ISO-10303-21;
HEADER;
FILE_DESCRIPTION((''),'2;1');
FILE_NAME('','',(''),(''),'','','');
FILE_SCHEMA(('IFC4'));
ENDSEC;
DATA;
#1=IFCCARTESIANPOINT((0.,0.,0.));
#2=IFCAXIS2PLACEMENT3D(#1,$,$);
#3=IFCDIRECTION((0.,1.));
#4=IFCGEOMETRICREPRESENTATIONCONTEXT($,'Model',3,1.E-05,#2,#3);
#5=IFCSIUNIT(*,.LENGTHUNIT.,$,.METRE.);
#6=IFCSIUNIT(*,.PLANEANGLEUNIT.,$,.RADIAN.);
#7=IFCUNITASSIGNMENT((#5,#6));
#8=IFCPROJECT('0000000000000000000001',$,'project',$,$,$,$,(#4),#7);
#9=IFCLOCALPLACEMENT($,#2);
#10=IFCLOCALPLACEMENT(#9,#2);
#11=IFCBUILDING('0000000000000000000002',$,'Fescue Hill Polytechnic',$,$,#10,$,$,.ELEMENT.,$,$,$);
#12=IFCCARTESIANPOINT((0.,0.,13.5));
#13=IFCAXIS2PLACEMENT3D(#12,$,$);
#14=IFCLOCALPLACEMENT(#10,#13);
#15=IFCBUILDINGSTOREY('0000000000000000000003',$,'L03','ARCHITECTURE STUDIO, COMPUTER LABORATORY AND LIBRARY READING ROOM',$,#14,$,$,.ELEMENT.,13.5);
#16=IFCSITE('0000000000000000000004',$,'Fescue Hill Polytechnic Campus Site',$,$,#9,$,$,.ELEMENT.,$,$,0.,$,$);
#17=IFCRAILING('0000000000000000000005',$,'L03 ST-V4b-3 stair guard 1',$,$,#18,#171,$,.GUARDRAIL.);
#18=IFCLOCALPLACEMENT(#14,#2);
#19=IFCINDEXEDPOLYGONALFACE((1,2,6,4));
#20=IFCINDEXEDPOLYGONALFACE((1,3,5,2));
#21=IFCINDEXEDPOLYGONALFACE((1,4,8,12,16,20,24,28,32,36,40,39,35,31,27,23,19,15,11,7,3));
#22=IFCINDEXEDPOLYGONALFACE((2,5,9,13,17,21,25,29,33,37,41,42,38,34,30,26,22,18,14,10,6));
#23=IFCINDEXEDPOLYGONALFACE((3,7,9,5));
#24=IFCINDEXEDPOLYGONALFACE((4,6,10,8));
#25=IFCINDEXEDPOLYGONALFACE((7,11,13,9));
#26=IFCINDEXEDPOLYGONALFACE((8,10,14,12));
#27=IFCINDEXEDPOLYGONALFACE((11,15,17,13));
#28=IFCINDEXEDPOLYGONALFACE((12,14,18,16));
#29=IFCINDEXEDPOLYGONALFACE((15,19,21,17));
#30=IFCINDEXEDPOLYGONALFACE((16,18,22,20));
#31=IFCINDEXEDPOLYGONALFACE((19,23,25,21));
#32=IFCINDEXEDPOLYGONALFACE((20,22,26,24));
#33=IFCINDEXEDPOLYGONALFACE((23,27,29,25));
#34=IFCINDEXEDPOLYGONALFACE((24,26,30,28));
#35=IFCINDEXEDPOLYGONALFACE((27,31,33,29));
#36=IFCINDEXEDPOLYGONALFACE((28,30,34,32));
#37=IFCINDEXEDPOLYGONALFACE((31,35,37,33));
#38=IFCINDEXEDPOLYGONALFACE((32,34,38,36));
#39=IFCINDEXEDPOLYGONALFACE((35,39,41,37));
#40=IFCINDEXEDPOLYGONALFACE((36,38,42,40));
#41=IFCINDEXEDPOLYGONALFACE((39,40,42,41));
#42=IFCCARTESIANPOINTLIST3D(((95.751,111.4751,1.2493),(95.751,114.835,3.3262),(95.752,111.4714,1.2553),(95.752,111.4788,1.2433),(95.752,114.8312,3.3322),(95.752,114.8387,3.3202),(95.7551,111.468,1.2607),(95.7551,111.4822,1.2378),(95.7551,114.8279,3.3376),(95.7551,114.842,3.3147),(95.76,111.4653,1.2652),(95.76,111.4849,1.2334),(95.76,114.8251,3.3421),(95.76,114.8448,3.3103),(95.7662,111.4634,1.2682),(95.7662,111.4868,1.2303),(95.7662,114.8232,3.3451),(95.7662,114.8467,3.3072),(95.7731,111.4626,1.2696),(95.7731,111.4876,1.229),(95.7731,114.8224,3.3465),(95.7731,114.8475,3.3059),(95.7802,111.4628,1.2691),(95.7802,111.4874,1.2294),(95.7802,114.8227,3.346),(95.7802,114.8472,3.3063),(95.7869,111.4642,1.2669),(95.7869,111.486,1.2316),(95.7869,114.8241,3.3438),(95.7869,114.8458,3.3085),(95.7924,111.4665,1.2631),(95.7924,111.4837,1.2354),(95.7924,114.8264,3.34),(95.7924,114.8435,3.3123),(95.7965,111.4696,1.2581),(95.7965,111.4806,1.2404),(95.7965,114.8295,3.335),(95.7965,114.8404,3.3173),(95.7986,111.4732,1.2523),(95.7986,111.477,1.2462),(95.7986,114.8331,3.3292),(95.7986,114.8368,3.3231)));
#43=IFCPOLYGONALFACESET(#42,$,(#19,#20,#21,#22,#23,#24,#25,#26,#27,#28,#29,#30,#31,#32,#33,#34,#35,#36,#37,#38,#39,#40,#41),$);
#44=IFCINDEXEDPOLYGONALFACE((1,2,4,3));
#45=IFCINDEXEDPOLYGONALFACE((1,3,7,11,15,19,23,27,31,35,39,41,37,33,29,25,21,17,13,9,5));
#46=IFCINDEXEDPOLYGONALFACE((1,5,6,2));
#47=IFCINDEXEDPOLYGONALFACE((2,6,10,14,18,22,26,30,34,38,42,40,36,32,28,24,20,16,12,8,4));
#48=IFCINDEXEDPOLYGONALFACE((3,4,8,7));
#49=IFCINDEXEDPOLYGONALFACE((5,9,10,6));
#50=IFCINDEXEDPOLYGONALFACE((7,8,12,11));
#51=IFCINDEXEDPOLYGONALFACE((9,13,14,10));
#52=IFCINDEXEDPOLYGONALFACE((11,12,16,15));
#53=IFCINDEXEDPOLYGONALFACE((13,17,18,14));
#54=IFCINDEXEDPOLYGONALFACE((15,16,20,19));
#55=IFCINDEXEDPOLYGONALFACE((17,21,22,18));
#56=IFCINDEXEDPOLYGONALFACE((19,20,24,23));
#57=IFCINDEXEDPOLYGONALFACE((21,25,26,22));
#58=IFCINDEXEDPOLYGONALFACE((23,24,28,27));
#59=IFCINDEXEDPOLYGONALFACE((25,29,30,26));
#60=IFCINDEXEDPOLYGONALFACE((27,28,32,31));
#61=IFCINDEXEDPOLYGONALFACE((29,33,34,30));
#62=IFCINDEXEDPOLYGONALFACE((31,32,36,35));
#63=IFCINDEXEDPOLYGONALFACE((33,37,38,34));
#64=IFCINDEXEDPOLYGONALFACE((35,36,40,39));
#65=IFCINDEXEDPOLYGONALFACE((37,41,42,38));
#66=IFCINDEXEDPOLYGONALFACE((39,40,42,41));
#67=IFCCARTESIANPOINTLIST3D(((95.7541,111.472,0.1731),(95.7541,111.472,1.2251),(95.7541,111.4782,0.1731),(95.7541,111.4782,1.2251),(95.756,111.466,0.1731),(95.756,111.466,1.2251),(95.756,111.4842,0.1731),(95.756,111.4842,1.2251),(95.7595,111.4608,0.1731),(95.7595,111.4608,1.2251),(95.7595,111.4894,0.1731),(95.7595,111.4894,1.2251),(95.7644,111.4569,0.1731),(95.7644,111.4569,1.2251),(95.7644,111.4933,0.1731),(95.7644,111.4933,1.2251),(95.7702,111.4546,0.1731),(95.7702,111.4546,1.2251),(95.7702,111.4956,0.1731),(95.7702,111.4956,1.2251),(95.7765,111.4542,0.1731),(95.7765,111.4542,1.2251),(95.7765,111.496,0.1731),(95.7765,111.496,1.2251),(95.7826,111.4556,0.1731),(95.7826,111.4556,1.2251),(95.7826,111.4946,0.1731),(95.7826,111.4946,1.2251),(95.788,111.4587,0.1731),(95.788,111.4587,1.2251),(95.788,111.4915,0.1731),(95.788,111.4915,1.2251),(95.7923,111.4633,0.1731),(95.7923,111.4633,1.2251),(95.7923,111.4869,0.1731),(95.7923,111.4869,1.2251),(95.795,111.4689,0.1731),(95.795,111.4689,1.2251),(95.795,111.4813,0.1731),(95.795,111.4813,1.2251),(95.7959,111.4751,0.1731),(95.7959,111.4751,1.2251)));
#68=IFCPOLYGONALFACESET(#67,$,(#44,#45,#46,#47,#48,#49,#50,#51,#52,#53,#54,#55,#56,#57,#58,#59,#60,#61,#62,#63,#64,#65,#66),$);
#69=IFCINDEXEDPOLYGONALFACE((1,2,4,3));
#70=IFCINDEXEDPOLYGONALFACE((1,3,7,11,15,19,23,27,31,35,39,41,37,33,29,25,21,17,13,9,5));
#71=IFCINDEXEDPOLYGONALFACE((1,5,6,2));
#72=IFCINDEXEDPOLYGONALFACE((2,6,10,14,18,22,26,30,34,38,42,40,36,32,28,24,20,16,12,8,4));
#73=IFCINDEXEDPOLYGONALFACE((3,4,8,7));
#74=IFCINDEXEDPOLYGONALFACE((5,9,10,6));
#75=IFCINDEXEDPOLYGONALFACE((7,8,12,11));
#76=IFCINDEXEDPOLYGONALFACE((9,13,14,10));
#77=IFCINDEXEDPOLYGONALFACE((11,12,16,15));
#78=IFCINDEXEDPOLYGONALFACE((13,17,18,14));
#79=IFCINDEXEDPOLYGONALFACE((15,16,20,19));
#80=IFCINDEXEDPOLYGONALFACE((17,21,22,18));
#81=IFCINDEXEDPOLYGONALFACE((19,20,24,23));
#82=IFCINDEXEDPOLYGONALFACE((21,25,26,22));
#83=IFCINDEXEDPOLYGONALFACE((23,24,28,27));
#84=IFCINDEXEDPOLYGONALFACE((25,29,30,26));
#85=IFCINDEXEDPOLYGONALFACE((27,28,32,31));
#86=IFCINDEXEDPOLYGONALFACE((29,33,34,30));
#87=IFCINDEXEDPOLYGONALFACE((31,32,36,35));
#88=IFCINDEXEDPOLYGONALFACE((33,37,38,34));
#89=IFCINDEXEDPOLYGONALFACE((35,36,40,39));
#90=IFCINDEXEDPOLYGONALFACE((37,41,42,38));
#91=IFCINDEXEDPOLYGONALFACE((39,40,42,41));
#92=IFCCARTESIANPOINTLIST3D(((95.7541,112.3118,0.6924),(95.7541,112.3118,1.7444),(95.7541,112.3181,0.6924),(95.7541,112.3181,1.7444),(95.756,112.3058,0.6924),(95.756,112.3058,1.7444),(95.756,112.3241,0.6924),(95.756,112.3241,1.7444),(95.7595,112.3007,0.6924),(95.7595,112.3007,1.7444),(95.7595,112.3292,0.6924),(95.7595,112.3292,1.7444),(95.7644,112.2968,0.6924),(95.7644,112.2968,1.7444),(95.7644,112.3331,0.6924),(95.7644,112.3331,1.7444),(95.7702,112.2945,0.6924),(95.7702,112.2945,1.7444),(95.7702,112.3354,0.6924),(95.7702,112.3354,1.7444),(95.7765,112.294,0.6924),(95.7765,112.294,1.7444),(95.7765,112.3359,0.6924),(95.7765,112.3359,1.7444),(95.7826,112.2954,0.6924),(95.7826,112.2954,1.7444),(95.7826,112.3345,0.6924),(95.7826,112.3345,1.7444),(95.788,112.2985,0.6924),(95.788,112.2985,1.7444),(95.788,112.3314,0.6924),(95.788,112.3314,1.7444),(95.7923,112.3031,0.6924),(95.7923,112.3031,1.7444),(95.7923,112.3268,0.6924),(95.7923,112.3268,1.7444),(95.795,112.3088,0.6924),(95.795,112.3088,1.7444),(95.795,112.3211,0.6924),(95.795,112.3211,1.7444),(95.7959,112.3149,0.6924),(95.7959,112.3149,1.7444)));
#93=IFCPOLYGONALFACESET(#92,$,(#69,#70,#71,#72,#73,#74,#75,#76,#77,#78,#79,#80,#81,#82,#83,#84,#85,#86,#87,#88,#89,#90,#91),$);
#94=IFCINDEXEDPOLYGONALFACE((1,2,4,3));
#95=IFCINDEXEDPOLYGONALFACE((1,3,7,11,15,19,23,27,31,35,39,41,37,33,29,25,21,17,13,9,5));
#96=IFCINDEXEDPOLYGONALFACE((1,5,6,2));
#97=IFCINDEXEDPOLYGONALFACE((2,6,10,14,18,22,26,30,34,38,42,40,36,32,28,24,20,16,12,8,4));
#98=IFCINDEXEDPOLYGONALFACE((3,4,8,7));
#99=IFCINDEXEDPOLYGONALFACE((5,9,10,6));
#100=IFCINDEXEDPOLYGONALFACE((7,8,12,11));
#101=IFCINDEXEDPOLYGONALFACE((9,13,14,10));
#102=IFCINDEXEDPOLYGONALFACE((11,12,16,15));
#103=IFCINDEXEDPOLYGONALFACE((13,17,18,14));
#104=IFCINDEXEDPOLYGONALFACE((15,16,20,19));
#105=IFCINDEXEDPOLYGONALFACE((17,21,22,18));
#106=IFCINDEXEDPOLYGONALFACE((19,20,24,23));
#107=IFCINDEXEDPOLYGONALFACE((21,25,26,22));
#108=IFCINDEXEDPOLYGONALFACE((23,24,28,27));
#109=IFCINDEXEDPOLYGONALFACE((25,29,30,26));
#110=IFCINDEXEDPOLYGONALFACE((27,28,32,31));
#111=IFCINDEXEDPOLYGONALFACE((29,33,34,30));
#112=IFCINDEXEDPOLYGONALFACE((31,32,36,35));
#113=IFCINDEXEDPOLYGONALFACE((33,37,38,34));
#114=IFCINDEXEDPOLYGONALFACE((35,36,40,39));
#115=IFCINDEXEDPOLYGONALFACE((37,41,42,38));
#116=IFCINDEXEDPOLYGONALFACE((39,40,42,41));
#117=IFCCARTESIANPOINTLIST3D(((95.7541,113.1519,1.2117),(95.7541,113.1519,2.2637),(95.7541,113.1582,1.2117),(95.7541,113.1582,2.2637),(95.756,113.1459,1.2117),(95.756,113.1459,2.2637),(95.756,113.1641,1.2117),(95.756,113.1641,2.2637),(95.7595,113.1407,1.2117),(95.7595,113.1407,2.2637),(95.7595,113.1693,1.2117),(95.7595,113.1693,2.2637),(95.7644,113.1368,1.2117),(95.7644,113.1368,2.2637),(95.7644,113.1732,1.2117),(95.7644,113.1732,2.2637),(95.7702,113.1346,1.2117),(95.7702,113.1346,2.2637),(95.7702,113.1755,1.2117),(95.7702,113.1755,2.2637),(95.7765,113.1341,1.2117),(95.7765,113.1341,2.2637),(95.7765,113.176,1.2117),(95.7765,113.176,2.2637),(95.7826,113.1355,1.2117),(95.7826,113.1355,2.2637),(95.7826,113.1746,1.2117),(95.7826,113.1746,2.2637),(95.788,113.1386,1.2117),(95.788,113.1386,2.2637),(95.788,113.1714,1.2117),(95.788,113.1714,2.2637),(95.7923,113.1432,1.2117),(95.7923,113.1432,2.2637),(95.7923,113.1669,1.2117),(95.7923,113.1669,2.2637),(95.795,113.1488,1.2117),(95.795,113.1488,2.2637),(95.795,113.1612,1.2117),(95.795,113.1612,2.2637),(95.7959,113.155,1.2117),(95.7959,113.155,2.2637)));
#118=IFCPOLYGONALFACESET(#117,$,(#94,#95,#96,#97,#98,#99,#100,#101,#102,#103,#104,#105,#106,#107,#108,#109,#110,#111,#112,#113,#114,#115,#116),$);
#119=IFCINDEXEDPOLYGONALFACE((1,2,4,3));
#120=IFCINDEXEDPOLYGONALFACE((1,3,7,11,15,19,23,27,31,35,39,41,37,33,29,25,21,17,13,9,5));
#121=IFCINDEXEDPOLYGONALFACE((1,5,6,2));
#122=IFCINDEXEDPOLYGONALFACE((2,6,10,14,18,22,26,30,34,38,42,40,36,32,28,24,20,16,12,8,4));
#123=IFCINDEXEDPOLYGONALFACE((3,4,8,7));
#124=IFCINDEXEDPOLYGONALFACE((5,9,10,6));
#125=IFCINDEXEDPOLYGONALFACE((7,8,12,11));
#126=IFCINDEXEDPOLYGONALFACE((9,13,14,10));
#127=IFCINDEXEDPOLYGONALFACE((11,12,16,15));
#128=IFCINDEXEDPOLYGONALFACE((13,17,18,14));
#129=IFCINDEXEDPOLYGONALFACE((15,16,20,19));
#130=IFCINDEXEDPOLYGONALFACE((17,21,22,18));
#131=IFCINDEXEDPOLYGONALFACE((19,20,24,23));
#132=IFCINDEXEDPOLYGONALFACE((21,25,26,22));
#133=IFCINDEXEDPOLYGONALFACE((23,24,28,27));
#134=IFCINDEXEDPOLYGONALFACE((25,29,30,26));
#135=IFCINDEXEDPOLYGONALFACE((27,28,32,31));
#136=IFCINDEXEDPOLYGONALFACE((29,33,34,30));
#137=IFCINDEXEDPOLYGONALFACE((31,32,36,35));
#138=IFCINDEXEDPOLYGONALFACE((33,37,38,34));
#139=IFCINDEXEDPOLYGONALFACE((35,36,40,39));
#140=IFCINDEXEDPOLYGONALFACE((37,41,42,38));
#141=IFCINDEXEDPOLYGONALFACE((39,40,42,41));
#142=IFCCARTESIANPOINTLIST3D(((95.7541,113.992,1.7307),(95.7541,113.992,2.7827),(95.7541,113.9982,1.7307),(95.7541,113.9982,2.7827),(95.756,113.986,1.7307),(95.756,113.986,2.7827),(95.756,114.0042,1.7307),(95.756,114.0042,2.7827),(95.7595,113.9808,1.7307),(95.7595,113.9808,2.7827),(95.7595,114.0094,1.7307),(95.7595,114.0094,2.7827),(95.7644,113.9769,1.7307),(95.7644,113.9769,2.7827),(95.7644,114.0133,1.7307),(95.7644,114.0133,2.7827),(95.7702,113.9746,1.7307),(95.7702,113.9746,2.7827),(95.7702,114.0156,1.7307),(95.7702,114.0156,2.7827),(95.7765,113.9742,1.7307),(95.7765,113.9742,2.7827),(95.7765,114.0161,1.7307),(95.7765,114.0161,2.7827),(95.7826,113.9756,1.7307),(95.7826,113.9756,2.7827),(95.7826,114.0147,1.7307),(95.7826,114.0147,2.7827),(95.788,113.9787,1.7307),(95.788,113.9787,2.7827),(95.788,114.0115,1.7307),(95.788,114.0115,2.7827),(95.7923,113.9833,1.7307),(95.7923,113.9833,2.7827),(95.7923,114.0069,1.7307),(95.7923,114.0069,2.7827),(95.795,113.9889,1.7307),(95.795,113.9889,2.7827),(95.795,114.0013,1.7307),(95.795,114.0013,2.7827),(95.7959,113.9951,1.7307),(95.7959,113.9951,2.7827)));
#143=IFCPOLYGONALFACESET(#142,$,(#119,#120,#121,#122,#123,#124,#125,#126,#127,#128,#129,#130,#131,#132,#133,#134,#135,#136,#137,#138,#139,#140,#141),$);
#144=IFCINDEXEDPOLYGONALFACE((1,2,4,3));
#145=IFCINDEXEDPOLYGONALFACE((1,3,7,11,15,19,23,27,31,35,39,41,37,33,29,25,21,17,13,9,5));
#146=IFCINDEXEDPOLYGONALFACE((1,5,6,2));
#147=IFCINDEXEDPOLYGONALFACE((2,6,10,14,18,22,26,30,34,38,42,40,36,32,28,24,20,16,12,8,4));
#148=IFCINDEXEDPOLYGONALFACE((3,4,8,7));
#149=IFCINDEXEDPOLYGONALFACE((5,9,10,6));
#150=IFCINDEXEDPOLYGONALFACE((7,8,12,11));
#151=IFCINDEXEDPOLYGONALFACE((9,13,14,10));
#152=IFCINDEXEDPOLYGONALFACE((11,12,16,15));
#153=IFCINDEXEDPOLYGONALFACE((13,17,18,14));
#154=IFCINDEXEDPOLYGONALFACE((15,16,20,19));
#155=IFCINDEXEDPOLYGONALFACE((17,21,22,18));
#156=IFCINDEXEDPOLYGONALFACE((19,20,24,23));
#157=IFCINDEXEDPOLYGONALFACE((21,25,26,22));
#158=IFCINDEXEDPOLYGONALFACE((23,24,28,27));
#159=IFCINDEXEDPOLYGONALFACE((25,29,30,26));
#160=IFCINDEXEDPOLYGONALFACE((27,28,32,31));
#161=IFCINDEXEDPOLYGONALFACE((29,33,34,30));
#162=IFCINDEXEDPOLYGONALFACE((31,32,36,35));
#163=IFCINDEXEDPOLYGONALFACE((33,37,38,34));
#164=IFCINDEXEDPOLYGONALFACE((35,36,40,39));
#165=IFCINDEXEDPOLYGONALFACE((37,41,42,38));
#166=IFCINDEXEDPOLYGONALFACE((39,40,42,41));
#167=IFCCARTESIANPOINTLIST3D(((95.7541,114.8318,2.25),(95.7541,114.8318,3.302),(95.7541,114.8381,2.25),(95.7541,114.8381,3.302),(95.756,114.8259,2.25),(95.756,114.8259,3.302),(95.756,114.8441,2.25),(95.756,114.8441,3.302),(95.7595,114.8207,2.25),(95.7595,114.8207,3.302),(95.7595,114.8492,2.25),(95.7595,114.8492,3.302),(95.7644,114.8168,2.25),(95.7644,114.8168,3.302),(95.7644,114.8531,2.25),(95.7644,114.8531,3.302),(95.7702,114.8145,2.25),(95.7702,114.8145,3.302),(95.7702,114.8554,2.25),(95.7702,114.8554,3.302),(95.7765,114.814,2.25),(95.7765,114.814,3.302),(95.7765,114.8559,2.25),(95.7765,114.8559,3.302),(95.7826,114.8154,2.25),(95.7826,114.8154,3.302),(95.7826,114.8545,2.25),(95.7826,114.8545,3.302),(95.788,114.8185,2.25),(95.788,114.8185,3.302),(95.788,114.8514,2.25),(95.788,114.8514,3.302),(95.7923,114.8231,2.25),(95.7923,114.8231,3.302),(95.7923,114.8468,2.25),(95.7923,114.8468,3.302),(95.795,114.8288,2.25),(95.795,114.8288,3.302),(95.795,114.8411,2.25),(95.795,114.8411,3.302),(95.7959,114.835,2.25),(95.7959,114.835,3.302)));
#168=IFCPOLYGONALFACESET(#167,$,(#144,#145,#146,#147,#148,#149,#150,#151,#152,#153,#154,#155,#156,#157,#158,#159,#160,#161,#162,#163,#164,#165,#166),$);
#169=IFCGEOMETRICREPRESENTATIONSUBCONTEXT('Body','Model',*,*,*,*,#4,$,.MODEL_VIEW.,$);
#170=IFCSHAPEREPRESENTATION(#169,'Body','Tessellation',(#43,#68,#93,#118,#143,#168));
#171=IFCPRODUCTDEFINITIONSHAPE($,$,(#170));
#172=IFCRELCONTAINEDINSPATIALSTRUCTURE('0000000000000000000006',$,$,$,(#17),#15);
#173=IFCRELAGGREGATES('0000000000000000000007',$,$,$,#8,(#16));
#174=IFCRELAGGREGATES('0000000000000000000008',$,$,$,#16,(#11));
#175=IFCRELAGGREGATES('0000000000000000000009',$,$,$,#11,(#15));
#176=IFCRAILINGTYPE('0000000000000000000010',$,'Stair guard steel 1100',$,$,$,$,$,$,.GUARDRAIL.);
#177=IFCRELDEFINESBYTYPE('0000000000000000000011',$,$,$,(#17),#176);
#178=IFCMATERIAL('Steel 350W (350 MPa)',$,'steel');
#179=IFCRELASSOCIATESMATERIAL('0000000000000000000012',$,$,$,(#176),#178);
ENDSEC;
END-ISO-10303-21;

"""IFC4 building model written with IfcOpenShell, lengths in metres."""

from ifc_helpers import new_model, si_unit, direction, frame, origin, origin_2d, place, context, subcontext, project, spatial, circle, extrude, material, type_object, element, save


model = new_model("IFC4")

# Units and contexts
model_context = context("Model", 3, precision=1e-05, world=origin(), true_north=direction((0.0, 1.0)))
body_context = subcontext(model_context, "Body", "Model", "MODEL_VIEW")
ifc_project = project(units=[si_unit("LENGTHUNIT", "METRE"), si_unit("PLANEANGLEUNIT", "RADIAN")], contexts=[model_context])

# Site, building, storey
site_placement = place(None, origin())
site = spatial("IfcSite", under=ifc_project, at=site_placement, Name="Fescue Hill Polytechnic Campus Site", CompositionType="ELEMENT", RefElevation=0.0)
building_placement = place(site_placement, origin())
building = spatial("IfcBuilding", under=site, at=building_placement, Name="Fescue Hill Polytechnic", CompositionType="ELEMENT")
storey_placement = place(building_placement, frame((0.0, 0.0, 13.5)))
storey = spatial("IfcBuildingStorey", under=building, at=storey_placement, Name="L03", Description="ARCHITECTURE STUDIO, COMPUTER LABORATORY AND LIBRARY READING ROOM", CompositionType="ELEMENT", Elevation=13.5)

# Railing
ifc_material_1 = material(Name="Steel 350W (350 MPa)", Category="steel")
railing_type_1 = type_object("IfcRailingType", Name="Stair guard steel 1100", PredefinedType="GUARDRAIL", material=ifc_material_1)
railing_1_placement = place(storey_placement, frame((95.7749, 111.4751, 0.1731)))
element("IfcRailing", 1, at=railing_1_placement, inside=storey, type_object=railing_type_1, Name="L03 ST-V4b-3 stair guard 1", PredefinedType="GUARDRAIL", context=body_context, shape_type="SweptSolid", body=[
    extrude(circle(Radius=0.0239, at=origin_2d()), frame((0.0, 0.0, 1.0762), z_axis=(0.0, 0.850606, 0.525803), x_axis=(-1.0, 0.0, 0.0)), (0.0, 0.0, 1.0), 3.95),
    extrude(circle(Radius=0.021, at=origin_2d()), origin(), (0.0, 0.0, 1.0), 1.052),
    extrude(circle(Radius=0.021, at=origin_2d()), frame((0.0, 0.8398, 0.5193)), (0.0, 0.0, 1.0), 1.052),
    extrude(circle(Radius=0.021, at=origin_2d()), frame((0.0, 1.6799, 1.0386)), (0.0, 0.0, 1.0), 1.052),
    extrude(circle(Radius=0.021, at=origin_2d()), frame((0.0, 2.52, 1.5576)), (0.0, 0.0, 1.0), 1.052),
    extrude(circle(Radius=0.021, at=origin_2d()), frame((0.0, 3.3599, 2.0769)), (0.0, 0.0, 1.0), 1.052),
])

save(model, "model.ifc")
